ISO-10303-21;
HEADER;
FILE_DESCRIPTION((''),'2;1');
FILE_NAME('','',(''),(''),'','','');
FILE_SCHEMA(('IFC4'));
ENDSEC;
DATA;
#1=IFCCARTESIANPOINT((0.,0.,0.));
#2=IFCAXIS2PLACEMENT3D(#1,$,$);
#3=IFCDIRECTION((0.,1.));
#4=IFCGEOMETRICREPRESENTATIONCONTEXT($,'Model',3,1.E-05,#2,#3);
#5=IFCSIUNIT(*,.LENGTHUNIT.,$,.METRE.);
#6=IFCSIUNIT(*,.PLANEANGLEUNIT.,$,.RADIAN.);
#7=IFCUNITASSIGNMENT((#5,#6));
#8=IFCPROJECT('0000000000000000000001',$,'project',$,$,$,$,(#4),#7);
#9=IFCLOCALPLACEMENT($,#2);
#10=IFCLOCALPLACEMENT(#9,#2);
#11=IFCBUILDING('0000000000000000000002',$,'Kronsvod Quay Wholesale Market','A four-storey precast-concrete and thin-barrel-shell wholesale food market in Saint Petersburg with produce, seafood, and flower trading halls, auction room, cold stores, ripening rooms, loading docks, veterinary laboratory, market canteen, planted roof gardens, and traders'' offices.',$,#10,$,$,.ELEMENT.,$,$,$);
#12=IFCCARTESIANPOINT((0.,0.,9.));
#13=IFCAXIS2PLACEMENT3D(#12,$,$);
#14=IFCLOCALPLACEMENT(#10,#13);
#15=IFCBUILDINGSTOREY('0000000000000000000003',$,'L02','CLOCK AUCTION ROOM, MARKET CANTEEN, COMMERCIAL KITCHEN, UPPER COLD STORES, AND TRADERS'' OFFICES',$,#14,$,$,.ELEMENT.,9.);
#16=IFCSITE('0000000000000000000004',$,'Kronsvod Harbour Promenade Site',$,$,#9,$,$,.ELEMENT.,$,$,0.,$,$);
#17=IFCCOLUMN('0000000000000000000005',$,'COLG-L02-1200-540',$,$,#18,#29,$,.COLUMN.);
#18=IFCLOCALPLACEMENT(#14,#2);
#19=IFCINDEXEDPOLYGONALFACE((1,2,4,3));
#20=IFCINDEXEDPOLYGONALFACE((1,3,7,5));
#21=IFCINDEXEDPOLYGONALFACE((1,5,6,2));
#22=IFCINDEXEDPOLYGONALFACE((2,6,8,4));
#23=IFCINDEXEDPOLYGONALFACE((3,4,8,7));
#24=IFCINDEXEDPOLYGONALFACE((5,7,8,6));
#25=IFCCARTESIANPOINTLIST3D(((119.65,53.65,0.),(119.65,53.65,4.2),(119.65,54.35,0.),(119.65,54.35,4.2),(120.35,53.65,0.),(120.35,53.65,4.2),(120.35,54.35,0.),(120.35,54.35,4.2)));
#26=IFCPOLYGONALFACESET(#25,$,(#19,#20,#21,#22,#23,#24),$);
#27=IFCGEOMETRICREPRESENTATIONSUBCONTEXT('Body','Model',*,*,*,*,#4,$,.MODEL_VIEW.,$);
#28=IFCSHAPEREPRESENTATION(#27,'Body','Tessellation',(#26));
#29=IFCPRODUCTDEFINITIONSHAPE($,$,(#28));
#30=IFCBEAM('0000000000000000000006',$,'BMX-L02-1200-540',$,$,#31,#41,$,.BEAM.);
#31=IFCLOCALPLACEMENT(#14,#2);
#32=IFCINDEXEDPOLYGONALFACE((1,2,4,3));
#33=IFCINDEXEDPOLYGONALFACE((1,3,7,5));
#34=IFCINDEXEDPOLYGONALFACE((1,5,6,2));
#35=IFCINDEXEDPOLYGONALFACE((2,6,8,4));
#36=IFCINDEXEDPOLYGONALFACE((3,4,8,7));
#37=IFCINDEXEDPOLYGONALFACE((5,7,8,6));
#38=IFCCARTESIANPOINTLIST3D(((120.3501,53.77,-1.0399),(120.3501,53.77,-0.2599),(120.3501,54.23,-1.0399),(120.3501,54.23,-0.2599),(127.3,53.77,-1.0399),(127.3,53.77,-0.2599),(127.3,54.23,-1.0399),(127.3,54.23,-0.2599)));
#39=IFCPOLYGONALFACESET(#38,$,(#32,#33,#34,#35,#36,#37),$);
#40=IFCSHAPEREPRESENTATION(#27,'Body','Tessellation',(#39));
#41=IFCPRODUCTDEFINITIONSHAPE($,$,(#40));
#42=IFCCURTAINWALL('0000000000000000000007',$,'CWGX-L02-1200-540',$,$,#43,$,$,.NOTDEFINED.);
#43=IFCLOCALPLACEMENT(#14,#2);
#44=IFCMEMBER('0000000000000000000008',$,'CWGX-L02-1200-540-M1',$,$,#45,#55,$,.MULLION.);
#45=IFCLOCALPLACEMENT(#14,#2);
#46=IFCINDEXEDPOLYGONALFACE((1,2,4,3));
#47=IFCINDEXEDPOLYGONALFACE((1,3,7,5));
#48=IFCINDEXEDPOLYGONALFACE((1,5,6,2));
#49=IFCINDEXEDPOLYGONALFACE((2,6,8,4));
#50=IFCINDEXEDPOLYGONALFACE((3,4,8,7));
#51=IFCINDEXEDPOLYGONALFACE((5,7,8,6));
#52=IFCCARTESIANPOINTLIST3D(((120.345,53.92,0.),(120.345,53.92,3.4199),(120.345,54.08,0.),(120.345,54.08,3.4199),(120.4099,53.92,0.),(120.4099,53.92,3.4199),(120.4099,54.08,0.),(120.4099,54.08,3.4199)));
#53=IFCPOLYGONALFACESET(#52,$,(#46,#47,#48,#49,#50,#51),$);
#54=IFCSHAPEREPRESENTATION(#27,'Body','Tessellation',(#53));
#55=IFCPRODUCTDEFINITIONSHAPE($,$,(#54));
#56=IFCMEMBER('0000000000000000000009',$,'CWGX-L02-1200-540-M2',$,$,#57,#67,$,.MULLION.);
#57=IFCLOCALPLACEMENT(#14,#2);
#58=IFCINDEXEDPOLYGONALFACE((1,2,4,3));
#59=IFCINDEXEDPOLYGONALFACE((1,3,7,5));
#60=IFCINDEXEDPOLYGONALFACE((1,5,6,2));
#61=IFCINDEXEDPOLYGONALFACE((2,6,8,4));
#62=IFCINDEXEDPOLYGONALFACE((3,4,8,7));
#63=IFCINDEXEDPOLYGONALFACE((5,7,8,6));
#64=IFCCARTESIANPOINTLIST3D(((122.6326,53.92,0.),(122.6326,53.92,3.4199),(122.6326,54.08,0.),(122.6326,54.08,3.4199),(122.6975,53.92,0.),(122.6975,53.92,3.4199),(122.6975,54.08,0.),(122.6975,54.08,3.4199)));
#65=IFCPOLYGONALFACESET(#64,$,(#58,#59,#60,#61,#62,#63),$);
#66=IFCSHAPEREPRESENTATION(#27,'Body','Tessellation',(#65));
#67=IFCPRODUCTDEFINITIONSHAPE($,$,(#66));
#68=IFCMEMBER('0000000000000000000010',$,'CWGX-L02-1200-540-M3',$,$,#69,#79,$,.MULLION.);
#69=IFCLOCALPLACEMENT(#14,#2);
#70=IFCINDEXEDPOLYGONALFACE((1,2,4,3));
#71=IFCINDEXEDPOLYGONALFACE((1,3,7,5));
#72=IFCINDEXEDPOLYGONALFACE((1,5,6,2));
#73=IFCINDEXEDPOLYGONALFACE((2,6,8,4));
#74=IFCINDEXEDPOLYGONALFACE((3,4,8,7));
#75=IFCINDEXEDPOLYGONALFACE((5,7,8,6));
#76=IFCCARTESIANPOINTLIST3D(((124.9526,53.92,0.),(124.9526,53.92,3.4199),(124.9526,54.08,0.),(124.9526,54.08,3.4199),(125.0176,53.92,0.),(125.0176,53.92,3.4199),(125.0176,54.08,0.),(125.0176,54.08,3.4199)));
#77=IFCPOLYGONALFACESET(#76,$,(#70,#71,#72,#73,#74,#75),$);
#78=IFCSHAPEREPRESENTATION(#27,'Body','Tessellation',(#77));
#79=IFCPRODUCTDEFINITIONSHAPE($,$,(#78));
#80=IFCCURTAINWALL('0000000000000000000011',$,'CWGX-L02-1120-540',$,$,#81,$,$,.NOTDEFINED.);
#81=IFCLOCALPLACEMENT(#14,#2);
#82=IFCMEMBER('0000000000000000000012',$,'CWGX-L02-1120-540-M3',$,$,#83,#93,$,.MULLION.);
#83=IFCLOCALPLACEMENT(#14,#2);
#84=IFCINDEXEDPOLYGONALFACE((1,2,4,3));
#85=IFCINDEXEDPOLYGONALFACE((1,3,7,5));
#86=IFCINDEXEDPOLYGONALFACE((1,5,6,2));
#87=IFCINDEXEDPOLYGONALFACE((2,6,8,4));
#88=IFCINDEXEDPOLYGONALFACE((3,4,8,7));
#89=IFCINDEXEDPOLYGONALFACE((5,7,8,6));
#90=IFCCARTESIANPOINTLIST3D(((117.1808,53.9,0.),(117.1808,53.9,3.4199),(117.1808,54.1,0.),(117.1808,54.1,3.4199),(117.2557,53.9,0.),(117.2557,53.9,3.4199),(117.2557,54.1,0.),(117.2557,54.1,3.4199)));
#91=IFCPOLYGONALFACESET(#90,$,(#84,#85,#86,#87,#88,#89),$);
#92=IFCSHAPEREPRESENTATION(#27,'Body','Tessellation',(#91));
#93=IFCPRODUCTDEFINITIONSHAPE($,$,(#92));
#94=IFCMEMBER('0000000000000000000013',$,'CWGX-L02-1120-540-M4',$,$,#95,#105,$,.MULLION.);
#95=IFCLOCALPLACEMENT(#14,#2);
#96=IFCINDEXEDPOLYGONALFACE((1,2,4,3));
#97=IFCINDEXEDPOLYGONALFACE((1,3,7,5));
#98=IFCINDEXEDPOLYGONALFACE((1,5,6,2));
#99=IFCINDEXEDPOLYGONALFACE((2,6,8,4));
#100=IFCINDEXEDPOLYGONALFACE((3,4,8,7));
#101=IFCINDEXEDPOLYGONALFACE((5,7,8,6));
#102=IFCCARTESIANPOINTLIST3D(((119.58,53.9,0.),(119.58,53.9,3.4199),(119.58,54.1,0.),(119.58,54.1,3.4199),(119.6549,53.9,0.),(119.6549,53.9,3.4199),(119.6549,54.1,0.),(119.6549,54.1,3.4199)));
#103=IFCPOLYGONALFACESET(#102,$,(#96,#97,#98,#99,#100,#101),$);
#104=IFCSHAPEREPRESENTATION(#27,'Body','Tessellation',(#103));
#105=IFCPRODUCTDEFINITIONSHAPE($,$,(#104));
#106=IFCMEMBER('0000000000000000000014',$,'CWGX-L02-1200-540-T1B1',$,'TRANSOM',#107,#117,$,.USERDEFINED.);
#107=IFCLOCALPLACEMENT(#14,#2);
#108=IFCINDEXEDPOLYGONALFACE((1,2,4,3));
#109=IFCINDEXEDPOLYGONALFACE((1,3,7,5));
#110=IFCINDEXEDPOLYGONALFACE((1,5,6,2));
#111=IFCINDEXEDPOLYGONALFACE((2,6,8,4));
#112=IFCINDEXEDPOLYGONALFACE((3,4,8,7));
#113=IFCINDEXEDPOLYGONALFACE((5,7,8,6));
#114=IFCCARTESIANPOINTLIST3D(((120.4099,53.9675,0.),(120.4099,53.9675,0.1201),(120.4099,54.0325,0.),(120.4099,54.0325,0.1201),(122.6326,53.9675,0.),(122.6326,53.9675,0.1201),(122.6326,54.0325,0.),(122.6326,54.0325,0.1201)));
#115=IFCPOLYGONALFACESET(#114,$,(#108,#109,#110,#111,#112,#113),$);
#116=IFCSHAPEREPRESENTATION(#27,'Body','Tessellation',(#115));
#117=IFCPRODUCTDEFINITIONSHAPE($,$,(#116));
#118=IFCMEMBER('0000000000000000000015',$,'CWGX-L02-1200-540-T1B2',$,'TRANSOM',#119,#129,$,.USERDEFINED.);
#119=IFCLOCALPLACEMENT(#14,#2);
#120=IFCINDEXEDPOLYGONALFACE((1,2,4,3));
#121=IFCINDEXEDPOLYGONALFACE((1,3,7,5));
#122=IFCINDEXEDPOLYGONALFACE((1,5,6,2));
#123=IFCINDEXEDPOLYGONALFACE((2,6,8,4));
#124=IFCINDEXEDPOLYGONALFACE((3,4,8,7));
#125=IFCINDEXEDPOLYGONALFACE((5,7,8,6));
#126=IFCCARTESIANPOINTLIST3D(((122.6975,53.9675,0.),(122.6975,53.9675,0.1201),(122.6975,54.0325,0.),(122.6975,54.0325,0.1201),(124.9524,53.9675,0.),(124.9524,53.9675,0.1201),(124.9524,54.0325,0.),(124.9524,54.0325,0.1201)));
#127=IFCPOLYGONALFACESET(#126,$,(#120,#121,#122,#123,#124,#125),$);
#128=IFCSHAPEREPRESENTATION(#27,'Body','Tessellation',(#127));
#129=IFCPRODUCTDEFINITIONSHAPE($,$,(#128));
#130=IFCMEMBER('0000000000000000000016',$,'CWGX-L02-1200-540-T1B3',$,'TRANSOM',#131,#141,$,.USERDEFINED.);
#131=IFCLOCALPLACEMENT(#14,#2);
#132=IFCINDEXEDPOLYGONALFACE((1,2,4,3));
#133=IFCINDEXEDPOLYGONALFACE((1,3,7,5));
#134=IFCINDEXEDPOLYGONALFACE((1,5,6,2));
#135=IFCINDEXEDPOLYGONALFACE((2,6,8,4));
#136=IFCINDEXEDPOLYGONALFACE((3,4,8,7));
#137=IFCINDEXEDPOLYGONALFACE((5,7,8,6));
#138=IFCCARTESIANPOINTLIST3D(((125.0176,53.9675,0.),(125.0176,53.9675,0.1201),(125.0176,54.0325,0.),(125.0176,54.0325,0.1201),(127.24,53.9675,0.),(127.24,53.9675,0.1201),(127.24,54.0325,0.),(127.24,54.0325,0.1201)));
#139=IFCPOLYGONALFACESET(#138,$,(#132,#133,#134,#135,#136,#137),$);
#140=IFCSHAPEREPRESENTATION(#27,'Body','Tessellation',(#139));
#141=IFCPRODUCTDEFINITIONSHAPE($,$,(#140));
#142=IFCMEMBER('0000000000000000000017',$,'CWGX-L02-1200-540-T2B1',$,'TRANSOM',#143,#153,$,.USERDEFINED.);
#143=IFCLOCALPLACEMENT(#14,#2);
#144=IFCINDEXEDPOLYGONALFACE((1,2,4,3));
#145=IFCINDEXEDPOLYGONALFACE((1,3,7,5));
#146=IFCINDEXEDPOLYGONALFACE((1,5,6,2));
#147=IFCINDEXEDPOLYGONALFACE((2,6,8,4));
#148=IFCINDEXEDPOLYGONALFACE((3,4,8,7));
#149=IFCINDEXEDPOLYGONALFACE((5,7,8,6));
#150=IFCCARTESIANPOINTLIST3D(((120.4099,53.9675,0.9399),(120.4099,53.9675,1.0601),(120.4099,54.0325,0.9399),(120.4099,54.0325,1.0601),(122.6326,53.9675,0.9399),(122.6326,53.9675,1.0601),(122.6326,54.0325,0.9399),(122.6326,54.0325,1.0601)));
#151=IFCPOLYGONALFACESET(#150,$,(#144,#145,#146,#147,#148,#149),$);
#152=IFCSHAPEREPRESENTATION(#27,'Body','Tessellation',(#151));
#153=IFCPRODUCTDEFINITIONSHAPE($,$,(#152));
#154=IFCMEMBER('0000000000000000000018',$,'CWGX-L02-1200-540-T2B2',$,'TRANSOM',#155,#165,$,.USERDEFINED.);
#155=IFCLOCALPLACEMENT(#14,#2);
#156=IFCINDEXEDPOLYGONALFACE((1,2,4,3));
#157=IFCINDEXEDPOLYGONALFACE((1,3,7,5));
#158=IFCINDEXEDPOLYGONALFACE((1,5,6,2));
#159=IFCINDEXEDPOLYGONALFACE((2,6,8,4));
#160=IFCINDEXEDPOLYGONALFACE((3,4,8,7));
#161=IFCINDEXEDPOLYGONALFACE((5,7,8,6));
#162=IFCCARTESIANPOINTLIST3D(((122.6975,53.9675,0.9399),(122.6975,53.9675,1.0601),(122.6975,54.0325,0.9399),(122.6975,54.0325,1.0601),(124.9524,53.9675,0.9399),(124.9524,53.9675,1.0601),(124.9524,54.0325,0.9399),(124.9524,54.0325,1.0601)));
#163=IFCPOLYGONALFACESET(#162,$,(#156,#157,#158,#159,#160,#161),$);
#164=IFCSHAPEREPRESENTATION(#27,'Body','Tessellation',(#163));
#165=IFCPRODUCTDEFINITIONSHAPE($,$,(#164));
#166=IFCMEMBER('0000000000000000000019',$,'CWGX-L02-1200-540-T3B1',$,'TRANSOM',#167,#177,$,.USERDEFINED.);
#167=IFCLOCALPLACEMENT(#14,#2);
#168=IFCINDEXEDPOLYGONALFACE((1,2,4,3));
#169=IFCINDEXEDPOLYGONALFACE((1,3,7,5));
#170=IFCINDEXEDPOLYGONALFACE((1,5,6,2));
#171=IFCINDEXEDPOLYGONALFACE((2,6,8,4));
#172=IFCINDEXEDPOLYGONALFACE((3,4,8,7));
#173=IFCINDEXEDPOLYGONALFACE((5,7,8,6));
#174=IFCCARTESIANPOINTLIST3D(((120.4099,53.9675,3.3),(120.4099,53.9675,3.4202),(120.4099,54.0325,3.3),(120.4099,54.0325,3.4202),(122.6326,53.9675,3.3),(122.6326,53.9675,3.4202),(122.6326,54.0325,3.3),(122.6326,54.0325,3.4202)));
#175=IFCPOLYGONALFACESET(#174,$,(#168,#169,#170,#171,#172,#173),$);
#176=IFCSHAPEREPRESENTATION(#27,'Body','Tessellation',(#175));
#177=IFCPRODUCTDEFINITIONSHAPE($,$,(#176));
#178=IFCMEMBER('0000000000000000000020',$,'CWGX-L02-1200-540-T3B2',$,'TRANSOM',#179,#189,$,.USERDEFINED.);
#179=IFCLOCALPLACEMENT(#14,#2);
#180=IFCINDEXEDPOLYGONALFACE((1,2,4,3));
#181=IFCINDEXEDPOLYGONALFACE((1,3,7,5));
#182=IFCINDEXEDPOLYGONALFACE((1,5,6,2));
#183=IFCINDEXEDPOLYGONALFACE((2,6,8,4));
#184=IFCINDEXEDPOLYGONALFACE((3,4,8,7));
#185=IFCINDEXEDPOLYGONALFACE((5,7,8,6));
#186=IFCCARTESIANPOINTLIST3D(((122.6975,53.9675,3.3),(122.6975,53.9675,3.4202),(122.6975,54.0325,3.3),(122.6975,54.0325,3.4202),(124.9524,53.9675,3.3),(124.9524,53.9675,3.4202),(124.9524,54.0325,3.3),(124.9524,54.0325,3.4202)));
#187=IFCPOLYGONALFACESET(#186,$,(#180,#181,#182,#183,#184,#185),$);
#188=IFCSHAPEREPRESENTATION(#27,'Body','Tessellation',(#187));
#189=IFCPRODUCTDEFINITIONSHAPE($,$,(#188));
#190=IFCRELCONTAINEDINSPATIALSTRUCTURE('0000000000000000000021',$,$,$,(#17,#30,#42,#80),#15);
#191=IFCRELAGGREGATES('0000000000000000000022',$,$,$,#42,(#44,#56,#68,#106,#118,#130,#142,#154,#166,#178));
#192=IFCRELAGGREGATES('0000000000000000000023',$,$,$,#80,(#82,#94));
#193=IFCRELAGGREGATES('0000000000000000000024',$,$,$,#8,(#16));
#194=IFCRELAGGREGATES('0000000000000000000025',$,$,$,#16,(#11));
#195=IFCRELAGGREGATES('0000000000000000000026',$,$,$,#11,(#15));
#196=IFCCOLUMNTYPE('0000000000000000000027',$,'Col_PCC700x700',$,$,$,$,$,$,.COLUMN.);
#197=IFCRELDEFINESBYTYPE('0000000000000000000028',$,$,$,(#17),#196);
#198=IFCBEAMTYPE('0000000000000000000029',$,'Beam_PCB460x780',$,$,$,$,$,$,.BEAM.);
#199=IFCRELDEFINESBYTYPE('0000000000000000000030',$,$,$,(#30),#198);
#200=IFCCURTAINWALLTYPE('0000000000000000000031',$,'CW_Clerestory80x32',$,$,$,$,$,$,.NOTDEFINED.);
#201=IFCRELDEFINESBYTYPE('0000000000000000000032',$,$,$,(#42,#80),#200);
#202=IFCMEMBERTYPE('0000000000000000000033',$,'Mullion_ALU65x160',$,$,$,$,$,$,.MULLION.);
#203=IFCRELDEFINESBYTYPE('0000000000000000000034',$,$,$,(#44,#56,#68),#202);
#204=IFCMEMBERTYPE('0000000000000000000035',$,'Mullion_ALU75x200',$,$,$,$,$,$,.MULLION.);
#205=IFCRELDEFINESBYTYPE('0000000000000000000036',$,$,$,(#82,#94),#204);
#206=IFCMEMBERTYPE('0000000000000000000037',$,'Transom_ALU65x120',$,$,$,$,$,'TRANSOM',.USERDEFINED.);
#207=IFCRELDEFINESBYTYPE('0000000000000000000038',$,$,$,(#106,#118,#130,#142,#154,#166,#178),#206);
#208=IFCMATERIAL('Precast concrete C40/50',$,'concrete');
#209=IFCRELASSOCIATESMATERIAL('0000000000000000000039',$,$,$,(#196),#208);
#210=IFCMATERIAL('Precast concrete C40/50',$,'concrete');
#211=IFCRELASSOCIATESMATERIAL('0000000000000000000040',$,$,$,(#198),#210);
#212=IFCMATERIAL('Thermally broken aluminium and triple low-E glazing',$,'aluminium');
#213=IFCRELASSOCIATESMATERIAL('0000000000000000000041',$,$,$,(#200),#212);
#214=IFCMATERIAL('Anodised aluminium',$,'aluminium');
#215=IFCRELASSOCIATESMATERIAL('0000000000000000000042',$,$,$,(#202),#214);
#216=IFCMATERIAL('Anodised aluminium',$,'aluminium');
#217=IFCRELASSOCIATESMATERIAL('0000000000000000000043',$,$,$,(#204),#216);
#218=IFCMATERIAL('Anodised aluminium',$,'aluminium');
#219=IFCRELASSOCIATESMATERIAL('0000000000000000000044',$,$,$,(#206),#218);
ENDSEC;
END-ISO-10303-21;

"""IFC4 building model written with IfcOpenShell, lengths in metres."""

from ifc_helpers import new_model, si_unit, direction, frame, origin, origin_2d, place, context, subcontext, project, spatial, rectangle, extrude, material, material_profile, profile_set, type_object, element, aggregate, save


model = new_model("IFC4")

# Units and contexts
model_context = context("Model", 3, precision=1e-05, world=origin(), true_north=direction((0.0, 1.0)))
body_context = subcontext(model_context, "Body", "Model", "MODEL_VIEW")
ifc_project = project(units=[si_unit("LENGTHUNIT", "METRE"), si_unit("PLANEANGLEUNIT", "RADIAN")], contexts=[model_context])

# Site, building, storey
site_placement = place(None, origin())
site = spatial("IfcSite", under=ifc_project, at=site_placement, Name="Kronsvod Harbour Promenade Site", CompositionType="ELEMENT", RefElevation=0.0)
building_placement = place(site_placement, origin())
building = spatial("IfcBuilding", under=site, at=building_placement, Name="Kronsvod Quay Wholesale Market", Description="A four-storey precast-concrete and thin-barrel-shell wholesale food market in Saint Petersburg with produce, seafood, and flower trading halls, auction room, cold stores, ripening rooms, loading docks, veterinary laboratory, market canteen, planted roof gardens, and traders' offices.", CompositionType="ELEMENT")
storey_placement = place(building_placement, frame((0.0, 0.0, 9.0)))
storey = spatial("IfcBuildingStorey", under=building, at=storey_placement, Name="L02", Description="CLOCK AUCTION ROOM, MARKET CANTEEN, COMMERCIAL KITCHEN, UPPER COLD STORES, AND TRADERS' OFFICES", CompositionType="ELEMENT", Elevation=9.0)

# Column
ifc_material_1 = material(Name="Precast concrete C40/50", Category="concrete")
ifc_material_profile_1 = material_profile(ifc_material_1, rectangle(XDim=0.7, YDim=0.7, at=origin_2d()), Name="PCC700x700")
ifc_profile_set_1 = profile_set([ifc_material_profile_1], Name="Precast concrete C40/50")
column_type = type_object("IfcColumnType", Name="Col_PCC700x700", PredefinedType="COLUMN", material=ifc_profile_set_1)
column_placement = place(storey_placement, frame((120.0, 54.0, 0.0), z_axis=(0.0, 0.0, 1.0), x_axis=(1.0, 0.0, 0.0)))
element("IfcColumn", 1, at=column_placement, inside=storey, type_object=column_type, Name="COLG-L02-1200-540", PredefinedType="COLUMN", context=body_context, shape_type="SweptSolid", body=[
    extrude(rectangle(XDim=0.7, YDim=0.7, at=origin_2d()), origin(), (0.0, 0.0, 1.0), 4.2),
])

# Beam
ifc_material_2 = material(Name="Precast concrete C40/50", Category="concrete")
ifc_material_profile_2 = material_profile(ifc_material_2, rectangle(XDim=0.46, YDim=0.78, at=origin_2d()), Name="PB-03")
ifc_profile_set_2 = profile_set([ifc_material_profile_2], Name="Precast concrete C40/50")
beam_type = type_object("IfcBeamType", Name="Beam_PCB460x780", PredefinedType="BEAM", material=ifc_profile_set_2)
beam_placement = place(storey_placement, frame((120.3501, 54.0, -0.6499), z_axis=(1.0, 0.0, 0.0), x_axis=(0.0, 1.0, 0.0)))
element("IfcBeam", 2, at=beam_placement, inside=storey, type_object=beam_type, Name="BMX-L02-1200-540", PredefinedType="BEAM", context=body_context, shape_type="SweptSolid", body=[
    extrude(rectangle(XDim=0.46, YDim=0.78, at=origin_2d()), origin(), (0.0, 0.0, 1.0), 6.95),
])

# Curtain walls, members
ifc_material_3 = material(Name="Thermally broken aluminium and triple low-E glazing", Category="aluminium")
curtain_wall_type = type_object("IfcCurtainWallType", Name="CW_Clerestory80x32", PredefinedType="NOTDEFINED", material=ifc_material_3)
curtain_wall_1_placement = place(storey_placement, origin())
curtain_wall_1 = element("IfcCurtainWall", 3, at=curtain_wall_1_placement, inside=storey, type_object=curtain_wall_type, Name="CWGX-L02-1200-540", PredefinedType="NOTDEFINED")
ifc_material_4 = material(Name="Anodised aluminium", Category="aluminium")
ifc_material_profile_3 = material_profile(ifc_material_4, rectangle(XDim=0.0649, YDim=0.1599, at=origin_2d()), Name="ALUM65x160")
ifc_profile_set_3 = profile_set([ifc_material_profile_3], Name="Anodised aluminium")
member_type_1 = type_object("IfcMemberType", Name="Mullion_ALU65x160", PredefinedType="MULLION", material=ifc_profile_set_3)
member_1_placement = place(storey_placement, frame((120.3774, 54.0, 0.0), z_axis=(0.0, 0.0, 1.0), x_axis=(1.0, 0.0, 0.0)))
member_1 = element("IfcMember", 4, at=member_1_placement, type_object=member_type_1, Name="CWGX-L02-1200-540-M1", PredefinedType="MULLION", context=body_context, shape_type="SweptSolid", body=[
    extrude(rectangle(XDim=0.0649, YDim=0.1599, at=origin_2d()), origin(), (0.0, 0.0, 1.0), 3.4199),
])
member_2_placement = place(storey_placement, frame((122.665, 54.0, 0.0), z_axis=(0.0, 0.0, 1.0), x_axis=(1.0, 0.0, 0.0)))
member_2 = element("IfcMember", 5, at=member_2_placement, type_object=member_type_1, Name="CWGX-L02-1200-540-M2", PredefinedType="MULLION", context=body_context, shape_type="SweptSolid", body=[
    extrude(rectangle(XDim=0.0649, YDim=0.1599, at=origin_2d()), origin(), (0.0, 0.0, 1.0), 3.4199),
])
member_3_placement = place(storey_placement, frame((124.9851, 54.0, 0.0), z_axis=(0.0, 0.0, 1.0), x_axis=(1.0, 0.0, 0.0)))
member_3 = element("IfcMember", 6, at=member_3_placement, type_object=member_type_1, Name="CWGX-L02-1200-540-M3", PredefinedType="MULLION", context=body_context, shape_type="SweptSolid", body=[
    extrude(rectangle(XDim=0.0649, YDim=0.1599, at=origin_2d()), origin(), (0.0, 0.0, 1.0), 3.4199),
])
curtain_wall_2_placement = place(storey_placement, origin())
curtain_wall_2 = element("IfcCurtainWall", 7, at=curtain_wall_2_placement, inside=storey, type_object=curtain_wall_type, Name="CWGX-L02-1120-540", PredefinedType="NOTDEFINED")
ifc_material_5 = material(Name="Anodised aluminium", Category="aluminium")
ifc_material_profile_4 = material_profile(ifc_material_5, rectangle(XDim=0.075, YDim=0.2, at=origin_2d()), Name="ALUM75x200")
ifc_profile_set_4 = profile_set([ifc_material_profile_4], Name="Anodised aluminium")
member_type_2 = type_object("IfcMemberType", Name="Mullion_ALU75x200", PredefinedType="MULLION", material=ifc_profile_set_4)
member_4_placement = place(storey_placement, frame((117.2183, 54.0, 0.0), z_axis=(0.0, 0.0, 1.0), x_axis=(1.0, 0.0, 0.0)))
member_4 = element("IfcMember", 8, at=member_4_placement, type_object=member_type_2, Name="CWGX-L02-1120-540-M3", PredefinedType="MULLION", context=body_context, shape_type="SweptSolid", body=[
    extrude(rectangle(XDim=0.075, YDim=0.2, at=origin_2d()), origin(), (0.0, 0.0, 1.0), 3.4199),
])
member_5_placement = place(storey_placement, frame((119.6174, 54.0, 0.0), z_axis=(0.0, 0.0, 1.0), x_axis=(1.0, 0.0, 0.0)))
member_5 = element("IfcMember", 9, at=member_5_placement, type_object=member_type_2, Name="CWGX-L02-1120-540-M4", PredefinedType="MULLION", context=body_context, shape_type="SweptSolid", body=[
    extrude(rectangle(XDim=0.075, YDim=0.2, at=origin_2d()), origin(), (0.0, 0.0, 1.0), 3.4199),
])

# Members
ifc_material_6 = material(Name="Anodised aluminium", Category="aluminium")
ifc_material_profile_5 = material_profile(ifc_material_6, rectangle(XDim=0.0649, YDim=0.1201, at=origin_2d()), Name="ALUT65x120")
ifc_profile_set_5 = profile_set([ifc_material_profile_5], Name="Anodised aluminium")
member_type_3 = type_object("IfcMemberType", Name="Transom_ALU65x120", ElementType="TRANSOM", PredefinedType="USERDEFINED", material=ifc_profile_set_5)
member_6_placement = place(storey_placement, frame((120.4099, 54.0, 0.0601), z_axis=(1.0, 0.0, 0.0), x_axis=(0.0, 1.0, 0.0)))
member_6 = element("IfcMember", 10, at=member_6_placement, type_object=member_type_3, Name="CWGX-L02-1200-540-T1B1", ObjectType="TRANSOM", PredefinedType="USERDEFINED", context=body_context, shape_type="SweptSolid", body=[
    extrude(rectangle(XDim=0.0649, YDim=0.1201, at=origin_2d()), origin(), (0.0, 0.0, 1.0), 2.2227),
])
member_7_placement = place(storey_placement, frame((122.6975, 54.0, 0.0601), z_axis=(1.0, 0.0, 0.0), x_axis=(0.0, 1.0, 0.0)))
member_7 = element("IfcMember", 11, at=member_7_placement, type_object=member_type_3, Name="CWGX-L02-1200-540-T1B2", ObjectType="TRANSOM", PredefinedType="USERDEFINED", context=body_context, shape_type="SweptSolid", body=[
    extrude(rectangle(XDim=0.0649, YDim=0.1201, at=origin_2d()), origin(), (0.0, 0.0, 1.0), 2.2549),
])
member_8_placement = place(storey_placement, frame((125.0176, 54.0, 0.0601), z_axis=(1.0, 0.0, 0.0), x_axis=(0.0, 1.0, 0.0)))
member_8 = element("IfcMember", 12, at=member_8_placement, type_object=member_type_3, Name="CWGX-L02-1200-540-T1B3", ObjectType="TRANSOM", PredefinedType="USERDEFINED", context=body_context, shape_type="SweptSolid", body=[
    extrude(rectangle(XDim=0.0649, YDim=0.1201, at=origin_2d()), origin(), (0.0, 0.0, 1.0), 2.2224),
])
member_9_placement = place(storey_placement, frame((120.4099, 54.0, 1.0), z_axis=(1.0, 0.0, 0.0), x_axis=(0.0, 1.0, 0.0)))
member_9 = element("IfcMember", 13, at=member_9_placement, type_object=member_type_3, Name="CWGX-L02-1200-540-T2B1", ObjectType="TRANSOM", PredefinedType="USERDEFINED", context=body_context, shape_type="SweptSolid", body=[
    extrude(rectangle(XDim=0.0649, YDim=0.1201, at=origin_2d()), origin(), (0.0, 0.0, 1.0), 2.2227),
])
member_10_placement = place(storey_placement, frame((122.6975, 54.0, 1.0), z_axis=(1.0, 0.0, 0.0), x_axis=(0.0, 1.0, 0.0)))
member_10 = element("IfcMember", 14, at=member_10_placement, type_object=member_type_3, Name="CWGX-L02-1200-540-T2B2", ObjectType="TRANSOM", PredefinedType="USERDEFINED", context=body_context, shape_type="SweptSolid", body=[
    extrude(rectangle(XDim=0.0649, YDim=0.1201, at=origin_2d()), origin(), (0.0, 0.0, 1.0), 2.2549),
])
member_11_placement = place(storey_placement, frame((120.4099, 54.0, 3.3601), z_axis=(1.0, 0.0, 0.0), x_axis=(0.0, 1.0, 0.0)))
member_11 = element("IfcMember", 15, at=member_11_placement, type_object=member_type_3, Name="CWGX-L02-1200-540-T3B1", ObjectType="TRANSOM", PredefinedType="USERDEFINED", context=body_context, shape_type="SweptSolid", body=[
    extrude(rectangle(XDim=0.0649, YDim=0.1201, at=origin_2d()), origin(), (0.0, 0.0, 1.0), 2.2227),
])
member_12_placement = place(storey_placement, frame((122.6975, 54.0, 3.3601), z_axis=(1.0, 0.0, 0.0), x_axis=(0.0, 1.0, 0.0)))
member_12 = element("IfcMember", 16, at=member_12_placement, type_object=member_type_3, Name="CWGX-L02-1200-540-T3B2", ObjectType="TRANSOM", PredefinedType="USERDEFINED", context=body_context, shape_type="SweptSolid", body=[
    extrude(rectangle(XDim=0.0649, YDim=0.1201, at=origin_2d()), origin(), (0.0, 0.0, 1.0), 2.2549),
])

aggregate(curtain_wall_1, [member_1, member_2, member_3, member_6, member_7, member_8, member_9, member_10, member_11, member_12])
aggregate(curtain_wall_2, [member_4, member_5])

save(model, "model.ifc")
